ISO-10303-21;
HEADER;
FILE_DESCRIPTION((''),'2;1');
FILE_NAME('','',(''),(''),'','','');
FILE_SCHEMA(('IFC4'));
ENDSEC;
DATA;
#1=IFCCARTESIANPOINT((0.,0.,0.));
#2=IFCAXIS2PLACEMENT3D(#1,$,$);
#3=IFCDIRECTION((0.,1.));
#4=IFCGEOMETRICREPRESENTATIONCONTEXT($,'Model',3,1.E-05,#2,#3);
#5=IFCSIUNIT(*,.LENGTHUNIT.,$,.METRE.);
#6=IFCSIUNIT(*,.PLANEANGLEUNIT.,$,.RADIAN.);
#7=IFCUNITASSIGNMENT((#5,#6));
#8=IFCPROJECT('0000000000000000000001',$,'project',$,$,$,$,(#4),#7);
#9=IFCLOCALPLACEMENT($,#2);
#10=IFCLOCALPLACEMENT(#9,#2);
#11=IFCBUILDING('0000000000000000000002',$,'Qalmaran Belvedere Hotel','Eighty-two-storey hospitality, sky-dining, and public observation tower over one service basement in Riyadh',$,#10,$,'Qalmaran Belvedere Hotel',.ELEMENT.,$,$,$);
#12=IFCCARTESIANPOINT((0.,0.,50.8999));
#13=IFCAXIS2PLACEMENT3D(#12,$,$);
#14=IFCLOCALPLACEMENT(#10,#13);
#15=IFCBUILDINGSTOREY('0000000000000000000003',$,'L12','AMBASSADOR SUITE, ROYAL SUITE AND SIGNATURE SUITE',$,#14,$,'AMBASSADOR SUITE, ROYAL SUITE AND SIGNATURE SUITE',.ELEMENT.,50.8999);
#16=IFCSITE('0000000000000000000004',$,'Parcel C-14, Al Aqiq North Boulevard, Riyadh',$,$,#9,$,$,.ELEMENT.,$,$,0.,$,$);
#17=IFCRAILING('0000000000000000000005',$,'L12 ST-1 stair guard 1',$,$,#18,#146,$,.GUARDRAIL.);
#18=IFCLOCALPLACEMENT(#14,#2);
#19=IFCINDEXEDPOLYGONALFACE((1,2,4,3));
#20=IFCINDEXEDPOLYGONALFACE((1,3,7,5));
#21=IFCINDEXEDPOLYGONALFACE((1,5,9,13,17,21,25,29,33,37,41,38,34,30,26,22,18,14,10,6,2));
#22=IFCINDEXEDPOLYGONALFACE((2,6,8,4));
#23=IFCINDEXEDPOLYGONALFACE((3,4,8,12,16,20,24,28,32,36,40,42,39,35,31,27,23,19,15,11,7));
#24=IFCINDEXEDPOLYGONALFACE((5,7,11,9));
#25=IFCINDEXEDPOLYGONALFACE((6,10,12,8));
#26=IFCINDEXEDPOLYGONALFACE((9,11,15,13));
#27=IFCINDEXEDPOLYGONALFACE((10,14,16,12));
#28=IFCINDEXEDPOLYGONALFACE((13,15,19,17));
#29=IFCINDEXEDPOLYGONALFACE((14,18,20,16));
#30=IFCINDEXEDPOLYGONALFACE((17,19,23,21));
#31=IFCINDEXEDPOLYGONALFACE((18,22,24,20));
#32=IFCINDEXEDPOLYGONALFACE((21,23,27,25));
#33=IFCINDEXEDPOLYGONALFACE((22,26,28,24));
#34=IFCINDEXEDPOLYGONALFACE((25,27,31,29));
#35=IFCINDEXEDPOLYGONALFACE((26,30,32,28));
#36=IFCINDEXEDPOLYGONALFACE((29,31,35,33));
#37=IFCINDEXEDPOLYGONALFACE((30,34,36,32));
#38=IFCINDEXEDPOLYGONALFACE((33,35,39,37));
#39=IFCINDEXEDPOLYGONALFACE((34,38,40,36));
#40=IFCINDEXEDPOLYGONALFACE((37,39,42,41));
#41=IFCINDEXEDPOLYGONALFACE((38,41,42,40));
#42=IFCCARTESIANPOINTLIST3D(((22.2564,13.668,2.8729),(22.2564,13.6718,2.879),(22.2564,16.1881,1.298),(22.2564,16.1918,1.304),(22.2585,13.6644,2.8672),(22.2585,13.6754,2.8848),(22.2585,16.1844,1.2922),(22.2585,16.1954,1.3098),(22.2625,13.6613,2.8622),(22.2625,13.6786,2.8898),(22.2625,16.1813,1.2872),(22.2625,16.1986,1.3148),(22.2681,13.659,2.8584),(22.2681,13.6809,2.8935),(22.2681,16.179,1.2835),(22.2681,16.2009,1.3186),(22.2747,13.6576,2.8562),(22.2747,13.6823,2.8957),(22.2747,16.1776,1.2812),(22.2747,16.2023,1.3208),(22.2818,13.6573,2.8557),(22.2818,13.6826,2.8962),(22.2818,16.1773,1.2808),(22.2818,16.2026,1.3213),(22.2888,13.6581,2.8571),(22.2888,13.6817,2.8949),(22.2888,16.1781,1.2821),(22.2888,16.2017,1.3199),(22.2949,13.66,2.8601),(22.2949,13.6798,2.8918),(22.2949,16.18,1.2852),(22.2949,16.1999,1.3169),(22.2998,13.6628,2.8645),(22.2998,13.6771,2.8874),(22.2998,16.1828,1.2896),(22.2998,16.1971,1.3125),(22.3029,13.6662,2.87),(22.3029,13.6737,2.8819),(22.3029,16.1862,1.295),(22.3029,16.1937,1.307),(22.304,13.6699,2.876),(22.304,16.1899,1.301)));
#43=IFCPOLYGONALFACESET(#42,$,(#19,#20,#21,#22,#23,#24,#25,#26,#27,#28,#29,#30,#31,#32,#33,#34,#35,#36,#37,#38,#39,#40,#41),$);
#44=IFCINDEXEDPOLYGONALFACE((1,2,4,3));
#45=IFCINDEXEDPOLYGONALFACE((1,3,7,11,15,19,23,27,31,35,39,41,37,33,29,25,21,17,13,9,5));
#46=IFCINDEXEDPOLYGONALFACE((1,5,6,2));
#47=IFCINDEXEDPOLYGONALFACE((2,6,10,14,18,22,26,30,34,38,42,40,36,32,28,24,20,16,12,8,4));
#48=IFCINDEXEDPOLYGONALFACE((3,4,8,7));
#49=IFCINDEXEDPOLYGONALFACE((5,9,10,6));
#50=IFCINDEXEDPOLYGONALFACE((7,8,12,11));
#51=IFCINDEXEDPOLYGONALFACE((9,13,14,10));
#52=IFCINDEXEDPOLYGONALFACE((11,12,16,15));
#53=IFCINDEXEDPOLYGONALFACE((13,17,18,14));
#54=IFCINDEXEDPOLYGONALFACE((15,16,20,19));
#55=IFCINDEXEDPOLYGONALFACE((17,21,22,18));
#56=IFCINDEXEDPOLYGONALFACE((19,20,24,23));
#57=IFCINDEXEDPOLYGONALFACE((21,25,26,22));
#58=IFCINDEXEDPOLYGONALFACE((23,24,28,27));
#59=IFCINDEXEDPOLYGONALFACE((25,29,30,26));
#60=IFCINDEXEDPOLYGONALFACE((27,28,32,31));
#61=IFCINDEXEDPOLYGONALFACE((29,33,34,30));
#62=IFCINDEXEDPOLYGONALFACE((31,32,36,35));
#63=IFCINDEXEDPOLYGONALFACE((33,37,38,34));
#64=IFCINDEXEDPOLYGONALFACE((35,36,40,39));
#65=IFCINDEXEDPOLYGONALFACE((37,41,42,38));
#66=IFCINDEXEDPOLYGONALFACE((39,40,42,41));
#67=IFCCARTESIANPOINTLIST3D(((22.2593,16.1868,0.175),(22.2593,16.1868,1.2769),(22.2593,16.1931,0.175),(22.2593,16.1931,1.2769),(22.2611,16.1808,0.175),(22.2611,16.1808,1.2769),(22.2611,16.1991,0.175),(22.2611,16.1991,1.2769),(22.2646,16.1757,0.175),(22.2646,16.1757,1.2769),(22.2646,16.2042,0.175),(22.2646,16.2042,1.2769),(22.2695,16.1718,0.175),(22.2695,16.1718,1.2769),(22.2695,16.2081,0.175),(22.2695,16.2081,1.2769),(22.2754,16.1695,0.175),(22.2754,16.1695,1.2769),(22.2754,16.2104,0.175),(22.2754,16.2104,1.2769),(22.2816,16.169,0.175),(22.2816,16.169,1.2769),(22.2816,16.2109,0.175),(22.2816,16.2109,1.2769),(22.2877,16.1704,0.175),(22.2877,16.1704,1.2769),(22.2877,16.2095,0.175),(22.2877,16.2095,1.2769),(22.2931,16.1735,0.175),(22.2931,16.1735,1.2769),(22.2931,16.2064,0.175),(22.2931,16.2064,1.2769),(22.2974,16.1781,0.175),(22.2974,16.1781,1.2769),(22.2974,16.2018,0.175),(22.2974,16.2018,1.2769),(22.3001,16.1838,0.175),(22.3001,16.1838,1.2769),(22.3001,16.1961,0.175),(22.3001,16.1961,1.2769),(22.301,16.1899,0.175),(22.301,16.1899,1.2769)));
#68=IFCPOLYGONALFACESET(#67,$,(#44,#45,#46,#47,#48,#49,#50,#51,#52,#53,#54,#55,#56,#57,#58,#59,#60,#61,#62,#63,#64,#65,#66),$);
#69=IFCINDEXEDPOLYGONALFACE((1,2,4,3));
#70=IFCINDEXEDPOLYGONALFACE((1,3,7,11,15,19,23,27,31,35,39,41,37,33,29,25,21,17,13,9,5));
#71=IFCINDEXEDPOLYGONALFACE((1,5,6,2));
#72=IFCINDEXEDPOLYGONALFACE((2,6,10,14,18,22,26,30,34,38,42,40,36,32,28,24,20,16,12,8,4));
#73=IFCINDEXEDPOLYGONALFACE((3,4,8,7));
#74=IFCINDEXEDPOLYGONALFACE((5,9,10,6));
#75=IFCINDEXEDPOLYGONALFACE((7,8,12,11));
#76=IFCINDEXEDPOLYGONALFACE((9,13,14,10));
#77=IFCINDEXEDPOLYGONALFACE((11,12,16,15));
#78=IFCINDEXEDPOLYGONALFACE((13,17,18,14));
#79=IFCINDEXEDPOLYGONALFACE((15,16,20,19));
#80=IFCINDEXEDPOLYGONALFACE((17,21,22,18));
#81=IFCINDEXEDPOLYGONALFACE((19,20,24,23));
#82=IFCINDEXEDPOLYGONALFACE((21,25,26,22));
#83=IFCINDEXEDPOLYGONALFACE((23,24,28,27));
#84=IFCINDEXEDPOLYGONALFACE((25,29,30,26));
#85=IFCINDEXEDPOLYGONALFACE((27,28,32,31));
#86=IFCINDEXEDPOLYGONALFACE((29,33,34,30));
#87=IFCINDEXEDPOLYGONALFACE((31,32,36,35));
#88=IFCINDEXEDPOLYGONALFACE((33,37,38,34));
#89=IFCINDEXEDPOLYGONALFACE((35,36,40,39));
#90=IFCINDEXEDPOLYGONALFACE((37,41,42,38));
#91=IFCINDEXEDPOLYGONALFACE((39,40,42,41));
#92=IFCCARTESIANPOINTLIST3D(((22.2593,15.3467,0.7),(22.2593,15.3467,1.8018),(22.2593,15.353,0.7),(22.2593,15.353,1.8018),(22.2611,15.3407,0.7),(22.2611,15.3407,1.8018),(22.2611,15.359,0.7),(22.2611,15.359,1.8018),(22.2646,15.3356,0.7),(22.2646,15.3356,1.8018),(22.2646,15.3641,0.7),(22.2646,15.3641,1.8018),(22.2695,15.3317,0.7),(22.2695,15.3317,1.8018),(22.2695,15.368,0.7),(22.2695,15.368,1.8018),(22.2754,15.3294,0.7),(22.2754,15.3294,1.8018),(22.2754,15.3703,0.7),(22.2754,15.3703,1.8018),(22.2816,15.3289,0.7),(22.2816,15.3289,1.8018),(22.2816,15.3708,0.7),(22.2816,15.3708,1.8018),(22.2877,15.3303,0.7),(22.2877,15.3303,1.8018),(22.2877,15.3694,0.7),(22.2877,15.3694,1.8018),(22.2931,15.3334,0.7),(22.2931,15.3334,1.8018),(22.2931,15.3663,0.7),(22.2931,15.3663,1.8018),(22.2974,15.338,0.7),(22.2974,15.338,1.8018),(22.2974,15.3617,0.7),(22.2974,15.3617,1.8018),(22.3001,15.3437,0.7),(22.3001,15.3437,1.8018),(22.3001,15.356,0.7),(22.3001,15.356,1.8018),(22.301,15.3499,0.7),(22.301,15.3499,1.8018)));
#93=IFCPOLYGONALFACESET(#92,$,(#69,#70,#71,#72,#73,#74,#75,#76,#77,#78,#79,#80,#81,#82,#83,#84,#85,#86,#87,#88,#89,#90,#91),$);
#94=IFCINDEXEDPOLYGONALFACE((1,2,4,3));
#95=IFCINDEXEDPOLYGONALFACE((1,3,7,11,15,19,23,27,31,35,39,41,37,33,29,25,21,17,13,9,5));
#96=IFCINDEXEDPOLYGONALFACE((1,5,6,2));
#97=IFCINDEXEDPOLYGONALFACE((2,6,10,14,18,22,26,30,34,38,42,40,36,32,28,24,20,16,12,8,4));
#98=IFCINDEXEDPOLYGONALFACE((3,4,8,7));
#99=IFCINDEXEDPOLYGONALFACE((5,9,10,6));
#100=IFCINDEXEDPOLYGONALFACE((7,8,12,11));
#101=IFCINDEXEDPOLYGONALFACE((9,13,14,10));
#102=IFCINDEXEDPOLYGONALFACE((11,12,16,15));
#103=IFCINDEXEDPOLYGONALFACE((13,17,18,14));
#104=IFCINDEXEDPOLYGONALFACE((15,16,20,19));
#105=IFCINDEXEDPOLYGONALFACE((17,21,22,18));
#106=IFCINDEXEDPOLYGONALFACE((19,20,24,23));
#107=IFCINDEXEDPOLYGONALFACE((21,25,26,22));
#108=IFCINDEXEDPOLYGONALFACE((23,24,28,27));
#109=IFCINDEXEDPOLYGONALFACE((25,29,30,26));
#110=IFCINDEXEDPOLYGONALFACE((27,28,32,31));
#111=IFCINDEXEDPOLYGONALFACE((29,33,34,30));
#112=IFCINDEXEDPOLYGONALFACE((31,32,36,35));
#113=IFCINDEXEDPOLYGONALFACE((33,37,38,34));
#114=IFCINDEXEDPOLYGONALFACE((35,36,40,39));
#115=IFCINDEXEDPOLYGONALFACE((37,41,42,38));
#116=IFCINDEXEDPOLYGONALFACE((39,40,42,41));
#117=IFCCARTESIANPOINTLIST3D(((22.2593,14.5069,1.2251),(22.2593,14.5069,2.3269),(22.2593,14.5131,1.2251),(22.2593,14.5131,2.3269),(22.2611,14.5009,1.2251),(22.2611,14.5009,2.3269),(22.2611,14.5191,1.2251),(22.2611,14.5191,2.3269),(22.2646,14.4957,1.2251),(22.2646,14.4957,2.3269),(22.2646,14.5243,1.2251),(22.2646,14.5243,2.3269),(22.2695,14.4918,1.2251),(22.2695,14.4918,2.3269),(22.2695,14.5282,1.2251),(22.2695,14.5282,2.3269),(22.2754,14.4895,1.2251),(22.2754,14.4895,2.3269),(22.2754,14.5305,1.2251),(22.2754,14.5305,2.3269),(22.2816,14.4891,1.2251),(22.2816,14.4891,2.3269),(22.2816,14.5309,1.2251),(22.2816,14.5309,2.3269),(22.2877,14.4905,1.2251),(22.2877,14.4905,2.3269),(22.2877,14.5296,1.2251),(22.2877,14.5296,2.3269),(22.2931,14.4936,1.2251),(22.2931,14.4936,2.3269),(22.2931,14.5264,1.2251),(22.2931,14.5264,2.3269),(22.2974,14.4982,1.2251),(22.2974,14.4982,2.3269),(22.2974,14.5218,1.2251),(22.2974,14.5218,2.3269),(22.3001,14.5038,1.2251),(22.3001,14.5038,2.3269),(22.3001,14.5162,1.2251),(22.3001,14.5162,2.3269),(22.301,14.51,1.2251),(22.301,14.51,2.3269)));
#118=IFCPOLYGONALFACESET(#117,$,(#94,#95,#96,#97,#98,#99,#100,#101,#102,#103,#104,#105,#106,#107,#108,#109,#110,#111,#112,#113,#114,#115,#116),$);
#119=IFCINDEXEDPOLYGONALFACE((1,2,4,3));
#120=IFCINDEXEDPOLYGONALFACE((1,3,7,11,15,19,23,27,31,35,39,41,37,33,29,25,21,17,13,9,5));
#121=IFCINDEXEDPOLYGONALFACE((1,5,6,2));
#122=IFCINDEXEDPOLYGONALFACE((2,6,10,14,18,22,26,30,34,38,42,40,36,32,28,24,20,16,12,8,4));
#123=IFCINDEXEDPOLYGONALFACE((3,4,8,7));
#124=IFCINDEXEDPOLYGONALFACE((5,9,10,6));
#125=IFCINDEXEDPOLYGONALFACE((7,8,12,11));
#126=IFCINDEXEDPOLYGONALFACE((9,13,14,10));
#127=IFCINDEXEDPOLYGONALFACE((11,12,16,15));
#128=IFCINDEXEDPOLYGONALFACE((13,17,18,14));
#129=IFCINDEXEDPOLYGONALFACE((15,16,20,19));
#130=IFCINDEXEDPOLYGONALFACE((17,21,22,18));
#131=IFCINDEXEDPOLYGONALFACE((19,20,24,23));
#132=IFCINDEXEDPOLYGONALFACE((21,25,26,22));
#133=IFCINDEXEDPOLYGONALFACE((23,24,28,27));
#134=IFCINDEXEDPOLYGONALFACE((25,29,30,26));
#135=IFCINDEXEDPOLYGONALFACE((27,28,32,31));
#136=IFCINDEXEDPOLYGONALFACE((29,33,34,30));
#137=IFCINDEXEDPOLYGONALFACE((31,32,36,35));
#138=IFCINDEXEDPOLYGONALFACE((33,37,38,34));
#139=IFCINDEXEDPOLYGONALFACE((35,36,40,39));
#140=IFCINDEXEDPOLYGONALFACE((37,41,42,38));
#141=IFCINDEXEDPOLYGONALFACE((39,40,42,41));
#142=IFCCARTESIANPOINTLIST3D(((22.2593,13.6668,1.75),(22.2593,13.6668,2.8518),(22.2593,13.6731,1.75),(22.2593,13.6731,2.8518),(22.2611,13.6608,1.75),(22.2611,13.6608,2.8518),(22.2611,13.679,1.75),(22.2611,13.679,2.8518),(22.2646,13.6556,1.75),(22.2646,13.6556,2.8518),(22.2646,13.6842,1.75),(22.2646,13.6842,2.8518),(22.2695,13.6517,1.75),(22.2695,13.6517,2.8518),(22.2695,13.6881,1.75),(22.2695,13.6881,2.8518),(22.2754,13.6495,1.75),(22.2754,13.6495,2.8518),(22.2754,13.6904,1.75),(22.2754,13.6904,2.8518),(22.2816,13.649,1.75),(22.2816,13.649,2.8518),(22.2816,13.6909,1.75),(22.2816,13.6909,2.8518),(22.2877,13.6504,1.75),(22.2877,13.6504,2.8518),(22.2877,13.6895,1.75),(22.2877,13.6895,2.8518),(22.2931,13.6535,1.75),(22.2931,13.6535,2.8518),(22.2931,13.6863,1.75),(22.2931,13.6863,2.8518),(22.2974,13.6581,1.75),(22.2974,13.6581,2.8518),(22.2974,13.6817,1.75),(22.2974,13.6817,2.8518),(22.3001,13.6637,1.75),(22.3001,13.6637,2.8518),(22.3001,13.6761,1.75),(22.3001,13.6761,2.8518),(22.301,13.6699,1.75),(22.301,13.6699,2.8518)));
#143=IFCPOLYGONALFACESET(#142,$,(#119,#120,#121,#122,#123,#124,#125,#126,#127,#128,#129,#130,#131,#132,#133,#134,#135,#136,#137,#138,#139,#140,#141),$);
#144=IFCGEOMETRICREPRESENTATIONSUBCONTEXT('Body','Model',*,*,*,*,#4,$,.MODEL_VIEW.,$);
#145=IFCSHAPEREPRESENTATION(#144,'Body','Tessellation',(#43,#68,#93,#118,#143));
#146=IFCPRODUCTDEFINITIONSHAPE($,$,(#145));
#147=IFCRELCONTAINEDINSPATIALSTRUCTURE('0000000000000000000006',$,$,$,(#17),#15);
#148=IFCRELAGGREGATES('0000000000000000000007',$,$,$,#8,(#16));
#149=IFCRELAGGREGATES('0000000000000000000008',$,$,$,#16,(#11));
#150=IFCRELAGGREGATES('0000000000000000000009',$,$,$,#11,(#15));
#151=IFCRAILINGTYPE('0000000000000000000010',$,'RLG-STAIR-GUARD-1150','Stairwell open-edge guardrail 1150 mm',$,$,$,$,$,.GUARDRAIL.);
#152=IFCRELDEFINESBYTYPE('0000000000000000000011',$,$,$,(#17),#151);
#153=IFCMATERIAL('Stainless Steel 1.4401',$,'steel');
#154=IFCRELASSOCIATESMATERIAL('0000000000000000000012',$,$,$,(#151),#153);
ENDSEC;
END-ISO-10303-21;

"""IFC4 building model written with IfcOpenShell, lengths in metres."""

from ifc_helpers import new_model, si_unit, direction, frame, origin, origin_2d, place, context, subcontext, project, spatial, circle, extrude, material, type_object, element, save


model = new_model("IFC4")

# Units and contexts
model_context = context("Model", 3, precision=1e-05, world=origin(), true_north=direction((0.0, 1.0)))
body_context = subcontext(model_context, "Body", "Model", "MODEL_VIEW")
ifc_project = project(units=[si_unit("LENGTHUNIT", "METRE"), si_unit("PLANEANGLEUNIT", "RADIAN")], contexts=[model_context])

# Site, building, storey
site_placement = place(None, origin())
site = spatial("IfcSite", under=ifc_project, at=site_placement, Name="Parcel C-14, Al Aqiq North Boulevard, Riyadh", CompositionType="ELEMENT", RefElevation=0.0)
building_placement = place(site_placement, origin())
building = spatial("IfcBuilding", under=site, at=building_placement, Name="Qalmaran Belvedere Hotel", Description="Eighty-two-storey hospitality, sky-dining, and public observation tower over one service basement in Riyadh", LongName="Qalmaran Belvedere Hotel", CompositionType="ELEMENT")
storey_placement = place(building_placement, frame((0.0, 0.0, 50.8999)))
storey = spatial("IfcBuildingStorey", under=building, at=storey_placement, Name="L12", Description="AMBASSADOR SUITE, ROYAL SUITE AND SIGNATURE SUITE", LongName="AMBASSADOR SUITE, ROYAL SUITE AND SIGNATURE SUITE", CompositionType="ELEMENT", Elevation=50.8999)

# Shared definitions
ifc_material_1 = material(Name="Stainless Steel 1.4401", Category="steel")

# Railing
railing_type_1 = type_object("IfcRailingType", Name="RLG-STAIR-GUARD-1150", Description="Stairwell open-edge guardrail 1150 mm", PredefinedType="GUARDRAIL", material=ifc_material_1)
railing_1_placement = place(storey_placement, frame((22.28, 16.1899, 0.175)))
element("IfcRailing", 1, at=railing_1_placement, inside=storey, type_object=railing_type_1, Name="L12 ST-1 stair guard 1", PredefinedType="GUARDRAIL", context=body_context, shape_type="SweptSolid", body=[
    extrude(circle(Radius=0.0239, at=origin_2d()), frame((0.0, 0.0, 1.126), z_axis=(0.0, -0.848008, 0.529984), x_axis=(1.0, 0.0, 0.0)), (0.0, 0.0, 1.0), 2.9717),
    extrude(circle(Radius=0.021, at=origin_2d()), origin(), (0.0, 0.0, 1.0), 1.1018),
    extrude(circle(Radius=0.021, at=origin_2d()), frame((0.0, -0.8401, 0.5249)), (0.0, 0.0, 1.0), 1.1018),
    extrude(circle(Radius=0.021, at=origin_2d()), frame((0.0, -1.6799, 1.05)), (0.0, 0.0, 1.0), 1.1018),
    extrude(circle(Radius=0.021, at=origin_2d()), frame((0.0, -2.52, 1.575)), (0.0, 0.0, 1.0), 1.1018),
])

save(model, "model.ifc")
